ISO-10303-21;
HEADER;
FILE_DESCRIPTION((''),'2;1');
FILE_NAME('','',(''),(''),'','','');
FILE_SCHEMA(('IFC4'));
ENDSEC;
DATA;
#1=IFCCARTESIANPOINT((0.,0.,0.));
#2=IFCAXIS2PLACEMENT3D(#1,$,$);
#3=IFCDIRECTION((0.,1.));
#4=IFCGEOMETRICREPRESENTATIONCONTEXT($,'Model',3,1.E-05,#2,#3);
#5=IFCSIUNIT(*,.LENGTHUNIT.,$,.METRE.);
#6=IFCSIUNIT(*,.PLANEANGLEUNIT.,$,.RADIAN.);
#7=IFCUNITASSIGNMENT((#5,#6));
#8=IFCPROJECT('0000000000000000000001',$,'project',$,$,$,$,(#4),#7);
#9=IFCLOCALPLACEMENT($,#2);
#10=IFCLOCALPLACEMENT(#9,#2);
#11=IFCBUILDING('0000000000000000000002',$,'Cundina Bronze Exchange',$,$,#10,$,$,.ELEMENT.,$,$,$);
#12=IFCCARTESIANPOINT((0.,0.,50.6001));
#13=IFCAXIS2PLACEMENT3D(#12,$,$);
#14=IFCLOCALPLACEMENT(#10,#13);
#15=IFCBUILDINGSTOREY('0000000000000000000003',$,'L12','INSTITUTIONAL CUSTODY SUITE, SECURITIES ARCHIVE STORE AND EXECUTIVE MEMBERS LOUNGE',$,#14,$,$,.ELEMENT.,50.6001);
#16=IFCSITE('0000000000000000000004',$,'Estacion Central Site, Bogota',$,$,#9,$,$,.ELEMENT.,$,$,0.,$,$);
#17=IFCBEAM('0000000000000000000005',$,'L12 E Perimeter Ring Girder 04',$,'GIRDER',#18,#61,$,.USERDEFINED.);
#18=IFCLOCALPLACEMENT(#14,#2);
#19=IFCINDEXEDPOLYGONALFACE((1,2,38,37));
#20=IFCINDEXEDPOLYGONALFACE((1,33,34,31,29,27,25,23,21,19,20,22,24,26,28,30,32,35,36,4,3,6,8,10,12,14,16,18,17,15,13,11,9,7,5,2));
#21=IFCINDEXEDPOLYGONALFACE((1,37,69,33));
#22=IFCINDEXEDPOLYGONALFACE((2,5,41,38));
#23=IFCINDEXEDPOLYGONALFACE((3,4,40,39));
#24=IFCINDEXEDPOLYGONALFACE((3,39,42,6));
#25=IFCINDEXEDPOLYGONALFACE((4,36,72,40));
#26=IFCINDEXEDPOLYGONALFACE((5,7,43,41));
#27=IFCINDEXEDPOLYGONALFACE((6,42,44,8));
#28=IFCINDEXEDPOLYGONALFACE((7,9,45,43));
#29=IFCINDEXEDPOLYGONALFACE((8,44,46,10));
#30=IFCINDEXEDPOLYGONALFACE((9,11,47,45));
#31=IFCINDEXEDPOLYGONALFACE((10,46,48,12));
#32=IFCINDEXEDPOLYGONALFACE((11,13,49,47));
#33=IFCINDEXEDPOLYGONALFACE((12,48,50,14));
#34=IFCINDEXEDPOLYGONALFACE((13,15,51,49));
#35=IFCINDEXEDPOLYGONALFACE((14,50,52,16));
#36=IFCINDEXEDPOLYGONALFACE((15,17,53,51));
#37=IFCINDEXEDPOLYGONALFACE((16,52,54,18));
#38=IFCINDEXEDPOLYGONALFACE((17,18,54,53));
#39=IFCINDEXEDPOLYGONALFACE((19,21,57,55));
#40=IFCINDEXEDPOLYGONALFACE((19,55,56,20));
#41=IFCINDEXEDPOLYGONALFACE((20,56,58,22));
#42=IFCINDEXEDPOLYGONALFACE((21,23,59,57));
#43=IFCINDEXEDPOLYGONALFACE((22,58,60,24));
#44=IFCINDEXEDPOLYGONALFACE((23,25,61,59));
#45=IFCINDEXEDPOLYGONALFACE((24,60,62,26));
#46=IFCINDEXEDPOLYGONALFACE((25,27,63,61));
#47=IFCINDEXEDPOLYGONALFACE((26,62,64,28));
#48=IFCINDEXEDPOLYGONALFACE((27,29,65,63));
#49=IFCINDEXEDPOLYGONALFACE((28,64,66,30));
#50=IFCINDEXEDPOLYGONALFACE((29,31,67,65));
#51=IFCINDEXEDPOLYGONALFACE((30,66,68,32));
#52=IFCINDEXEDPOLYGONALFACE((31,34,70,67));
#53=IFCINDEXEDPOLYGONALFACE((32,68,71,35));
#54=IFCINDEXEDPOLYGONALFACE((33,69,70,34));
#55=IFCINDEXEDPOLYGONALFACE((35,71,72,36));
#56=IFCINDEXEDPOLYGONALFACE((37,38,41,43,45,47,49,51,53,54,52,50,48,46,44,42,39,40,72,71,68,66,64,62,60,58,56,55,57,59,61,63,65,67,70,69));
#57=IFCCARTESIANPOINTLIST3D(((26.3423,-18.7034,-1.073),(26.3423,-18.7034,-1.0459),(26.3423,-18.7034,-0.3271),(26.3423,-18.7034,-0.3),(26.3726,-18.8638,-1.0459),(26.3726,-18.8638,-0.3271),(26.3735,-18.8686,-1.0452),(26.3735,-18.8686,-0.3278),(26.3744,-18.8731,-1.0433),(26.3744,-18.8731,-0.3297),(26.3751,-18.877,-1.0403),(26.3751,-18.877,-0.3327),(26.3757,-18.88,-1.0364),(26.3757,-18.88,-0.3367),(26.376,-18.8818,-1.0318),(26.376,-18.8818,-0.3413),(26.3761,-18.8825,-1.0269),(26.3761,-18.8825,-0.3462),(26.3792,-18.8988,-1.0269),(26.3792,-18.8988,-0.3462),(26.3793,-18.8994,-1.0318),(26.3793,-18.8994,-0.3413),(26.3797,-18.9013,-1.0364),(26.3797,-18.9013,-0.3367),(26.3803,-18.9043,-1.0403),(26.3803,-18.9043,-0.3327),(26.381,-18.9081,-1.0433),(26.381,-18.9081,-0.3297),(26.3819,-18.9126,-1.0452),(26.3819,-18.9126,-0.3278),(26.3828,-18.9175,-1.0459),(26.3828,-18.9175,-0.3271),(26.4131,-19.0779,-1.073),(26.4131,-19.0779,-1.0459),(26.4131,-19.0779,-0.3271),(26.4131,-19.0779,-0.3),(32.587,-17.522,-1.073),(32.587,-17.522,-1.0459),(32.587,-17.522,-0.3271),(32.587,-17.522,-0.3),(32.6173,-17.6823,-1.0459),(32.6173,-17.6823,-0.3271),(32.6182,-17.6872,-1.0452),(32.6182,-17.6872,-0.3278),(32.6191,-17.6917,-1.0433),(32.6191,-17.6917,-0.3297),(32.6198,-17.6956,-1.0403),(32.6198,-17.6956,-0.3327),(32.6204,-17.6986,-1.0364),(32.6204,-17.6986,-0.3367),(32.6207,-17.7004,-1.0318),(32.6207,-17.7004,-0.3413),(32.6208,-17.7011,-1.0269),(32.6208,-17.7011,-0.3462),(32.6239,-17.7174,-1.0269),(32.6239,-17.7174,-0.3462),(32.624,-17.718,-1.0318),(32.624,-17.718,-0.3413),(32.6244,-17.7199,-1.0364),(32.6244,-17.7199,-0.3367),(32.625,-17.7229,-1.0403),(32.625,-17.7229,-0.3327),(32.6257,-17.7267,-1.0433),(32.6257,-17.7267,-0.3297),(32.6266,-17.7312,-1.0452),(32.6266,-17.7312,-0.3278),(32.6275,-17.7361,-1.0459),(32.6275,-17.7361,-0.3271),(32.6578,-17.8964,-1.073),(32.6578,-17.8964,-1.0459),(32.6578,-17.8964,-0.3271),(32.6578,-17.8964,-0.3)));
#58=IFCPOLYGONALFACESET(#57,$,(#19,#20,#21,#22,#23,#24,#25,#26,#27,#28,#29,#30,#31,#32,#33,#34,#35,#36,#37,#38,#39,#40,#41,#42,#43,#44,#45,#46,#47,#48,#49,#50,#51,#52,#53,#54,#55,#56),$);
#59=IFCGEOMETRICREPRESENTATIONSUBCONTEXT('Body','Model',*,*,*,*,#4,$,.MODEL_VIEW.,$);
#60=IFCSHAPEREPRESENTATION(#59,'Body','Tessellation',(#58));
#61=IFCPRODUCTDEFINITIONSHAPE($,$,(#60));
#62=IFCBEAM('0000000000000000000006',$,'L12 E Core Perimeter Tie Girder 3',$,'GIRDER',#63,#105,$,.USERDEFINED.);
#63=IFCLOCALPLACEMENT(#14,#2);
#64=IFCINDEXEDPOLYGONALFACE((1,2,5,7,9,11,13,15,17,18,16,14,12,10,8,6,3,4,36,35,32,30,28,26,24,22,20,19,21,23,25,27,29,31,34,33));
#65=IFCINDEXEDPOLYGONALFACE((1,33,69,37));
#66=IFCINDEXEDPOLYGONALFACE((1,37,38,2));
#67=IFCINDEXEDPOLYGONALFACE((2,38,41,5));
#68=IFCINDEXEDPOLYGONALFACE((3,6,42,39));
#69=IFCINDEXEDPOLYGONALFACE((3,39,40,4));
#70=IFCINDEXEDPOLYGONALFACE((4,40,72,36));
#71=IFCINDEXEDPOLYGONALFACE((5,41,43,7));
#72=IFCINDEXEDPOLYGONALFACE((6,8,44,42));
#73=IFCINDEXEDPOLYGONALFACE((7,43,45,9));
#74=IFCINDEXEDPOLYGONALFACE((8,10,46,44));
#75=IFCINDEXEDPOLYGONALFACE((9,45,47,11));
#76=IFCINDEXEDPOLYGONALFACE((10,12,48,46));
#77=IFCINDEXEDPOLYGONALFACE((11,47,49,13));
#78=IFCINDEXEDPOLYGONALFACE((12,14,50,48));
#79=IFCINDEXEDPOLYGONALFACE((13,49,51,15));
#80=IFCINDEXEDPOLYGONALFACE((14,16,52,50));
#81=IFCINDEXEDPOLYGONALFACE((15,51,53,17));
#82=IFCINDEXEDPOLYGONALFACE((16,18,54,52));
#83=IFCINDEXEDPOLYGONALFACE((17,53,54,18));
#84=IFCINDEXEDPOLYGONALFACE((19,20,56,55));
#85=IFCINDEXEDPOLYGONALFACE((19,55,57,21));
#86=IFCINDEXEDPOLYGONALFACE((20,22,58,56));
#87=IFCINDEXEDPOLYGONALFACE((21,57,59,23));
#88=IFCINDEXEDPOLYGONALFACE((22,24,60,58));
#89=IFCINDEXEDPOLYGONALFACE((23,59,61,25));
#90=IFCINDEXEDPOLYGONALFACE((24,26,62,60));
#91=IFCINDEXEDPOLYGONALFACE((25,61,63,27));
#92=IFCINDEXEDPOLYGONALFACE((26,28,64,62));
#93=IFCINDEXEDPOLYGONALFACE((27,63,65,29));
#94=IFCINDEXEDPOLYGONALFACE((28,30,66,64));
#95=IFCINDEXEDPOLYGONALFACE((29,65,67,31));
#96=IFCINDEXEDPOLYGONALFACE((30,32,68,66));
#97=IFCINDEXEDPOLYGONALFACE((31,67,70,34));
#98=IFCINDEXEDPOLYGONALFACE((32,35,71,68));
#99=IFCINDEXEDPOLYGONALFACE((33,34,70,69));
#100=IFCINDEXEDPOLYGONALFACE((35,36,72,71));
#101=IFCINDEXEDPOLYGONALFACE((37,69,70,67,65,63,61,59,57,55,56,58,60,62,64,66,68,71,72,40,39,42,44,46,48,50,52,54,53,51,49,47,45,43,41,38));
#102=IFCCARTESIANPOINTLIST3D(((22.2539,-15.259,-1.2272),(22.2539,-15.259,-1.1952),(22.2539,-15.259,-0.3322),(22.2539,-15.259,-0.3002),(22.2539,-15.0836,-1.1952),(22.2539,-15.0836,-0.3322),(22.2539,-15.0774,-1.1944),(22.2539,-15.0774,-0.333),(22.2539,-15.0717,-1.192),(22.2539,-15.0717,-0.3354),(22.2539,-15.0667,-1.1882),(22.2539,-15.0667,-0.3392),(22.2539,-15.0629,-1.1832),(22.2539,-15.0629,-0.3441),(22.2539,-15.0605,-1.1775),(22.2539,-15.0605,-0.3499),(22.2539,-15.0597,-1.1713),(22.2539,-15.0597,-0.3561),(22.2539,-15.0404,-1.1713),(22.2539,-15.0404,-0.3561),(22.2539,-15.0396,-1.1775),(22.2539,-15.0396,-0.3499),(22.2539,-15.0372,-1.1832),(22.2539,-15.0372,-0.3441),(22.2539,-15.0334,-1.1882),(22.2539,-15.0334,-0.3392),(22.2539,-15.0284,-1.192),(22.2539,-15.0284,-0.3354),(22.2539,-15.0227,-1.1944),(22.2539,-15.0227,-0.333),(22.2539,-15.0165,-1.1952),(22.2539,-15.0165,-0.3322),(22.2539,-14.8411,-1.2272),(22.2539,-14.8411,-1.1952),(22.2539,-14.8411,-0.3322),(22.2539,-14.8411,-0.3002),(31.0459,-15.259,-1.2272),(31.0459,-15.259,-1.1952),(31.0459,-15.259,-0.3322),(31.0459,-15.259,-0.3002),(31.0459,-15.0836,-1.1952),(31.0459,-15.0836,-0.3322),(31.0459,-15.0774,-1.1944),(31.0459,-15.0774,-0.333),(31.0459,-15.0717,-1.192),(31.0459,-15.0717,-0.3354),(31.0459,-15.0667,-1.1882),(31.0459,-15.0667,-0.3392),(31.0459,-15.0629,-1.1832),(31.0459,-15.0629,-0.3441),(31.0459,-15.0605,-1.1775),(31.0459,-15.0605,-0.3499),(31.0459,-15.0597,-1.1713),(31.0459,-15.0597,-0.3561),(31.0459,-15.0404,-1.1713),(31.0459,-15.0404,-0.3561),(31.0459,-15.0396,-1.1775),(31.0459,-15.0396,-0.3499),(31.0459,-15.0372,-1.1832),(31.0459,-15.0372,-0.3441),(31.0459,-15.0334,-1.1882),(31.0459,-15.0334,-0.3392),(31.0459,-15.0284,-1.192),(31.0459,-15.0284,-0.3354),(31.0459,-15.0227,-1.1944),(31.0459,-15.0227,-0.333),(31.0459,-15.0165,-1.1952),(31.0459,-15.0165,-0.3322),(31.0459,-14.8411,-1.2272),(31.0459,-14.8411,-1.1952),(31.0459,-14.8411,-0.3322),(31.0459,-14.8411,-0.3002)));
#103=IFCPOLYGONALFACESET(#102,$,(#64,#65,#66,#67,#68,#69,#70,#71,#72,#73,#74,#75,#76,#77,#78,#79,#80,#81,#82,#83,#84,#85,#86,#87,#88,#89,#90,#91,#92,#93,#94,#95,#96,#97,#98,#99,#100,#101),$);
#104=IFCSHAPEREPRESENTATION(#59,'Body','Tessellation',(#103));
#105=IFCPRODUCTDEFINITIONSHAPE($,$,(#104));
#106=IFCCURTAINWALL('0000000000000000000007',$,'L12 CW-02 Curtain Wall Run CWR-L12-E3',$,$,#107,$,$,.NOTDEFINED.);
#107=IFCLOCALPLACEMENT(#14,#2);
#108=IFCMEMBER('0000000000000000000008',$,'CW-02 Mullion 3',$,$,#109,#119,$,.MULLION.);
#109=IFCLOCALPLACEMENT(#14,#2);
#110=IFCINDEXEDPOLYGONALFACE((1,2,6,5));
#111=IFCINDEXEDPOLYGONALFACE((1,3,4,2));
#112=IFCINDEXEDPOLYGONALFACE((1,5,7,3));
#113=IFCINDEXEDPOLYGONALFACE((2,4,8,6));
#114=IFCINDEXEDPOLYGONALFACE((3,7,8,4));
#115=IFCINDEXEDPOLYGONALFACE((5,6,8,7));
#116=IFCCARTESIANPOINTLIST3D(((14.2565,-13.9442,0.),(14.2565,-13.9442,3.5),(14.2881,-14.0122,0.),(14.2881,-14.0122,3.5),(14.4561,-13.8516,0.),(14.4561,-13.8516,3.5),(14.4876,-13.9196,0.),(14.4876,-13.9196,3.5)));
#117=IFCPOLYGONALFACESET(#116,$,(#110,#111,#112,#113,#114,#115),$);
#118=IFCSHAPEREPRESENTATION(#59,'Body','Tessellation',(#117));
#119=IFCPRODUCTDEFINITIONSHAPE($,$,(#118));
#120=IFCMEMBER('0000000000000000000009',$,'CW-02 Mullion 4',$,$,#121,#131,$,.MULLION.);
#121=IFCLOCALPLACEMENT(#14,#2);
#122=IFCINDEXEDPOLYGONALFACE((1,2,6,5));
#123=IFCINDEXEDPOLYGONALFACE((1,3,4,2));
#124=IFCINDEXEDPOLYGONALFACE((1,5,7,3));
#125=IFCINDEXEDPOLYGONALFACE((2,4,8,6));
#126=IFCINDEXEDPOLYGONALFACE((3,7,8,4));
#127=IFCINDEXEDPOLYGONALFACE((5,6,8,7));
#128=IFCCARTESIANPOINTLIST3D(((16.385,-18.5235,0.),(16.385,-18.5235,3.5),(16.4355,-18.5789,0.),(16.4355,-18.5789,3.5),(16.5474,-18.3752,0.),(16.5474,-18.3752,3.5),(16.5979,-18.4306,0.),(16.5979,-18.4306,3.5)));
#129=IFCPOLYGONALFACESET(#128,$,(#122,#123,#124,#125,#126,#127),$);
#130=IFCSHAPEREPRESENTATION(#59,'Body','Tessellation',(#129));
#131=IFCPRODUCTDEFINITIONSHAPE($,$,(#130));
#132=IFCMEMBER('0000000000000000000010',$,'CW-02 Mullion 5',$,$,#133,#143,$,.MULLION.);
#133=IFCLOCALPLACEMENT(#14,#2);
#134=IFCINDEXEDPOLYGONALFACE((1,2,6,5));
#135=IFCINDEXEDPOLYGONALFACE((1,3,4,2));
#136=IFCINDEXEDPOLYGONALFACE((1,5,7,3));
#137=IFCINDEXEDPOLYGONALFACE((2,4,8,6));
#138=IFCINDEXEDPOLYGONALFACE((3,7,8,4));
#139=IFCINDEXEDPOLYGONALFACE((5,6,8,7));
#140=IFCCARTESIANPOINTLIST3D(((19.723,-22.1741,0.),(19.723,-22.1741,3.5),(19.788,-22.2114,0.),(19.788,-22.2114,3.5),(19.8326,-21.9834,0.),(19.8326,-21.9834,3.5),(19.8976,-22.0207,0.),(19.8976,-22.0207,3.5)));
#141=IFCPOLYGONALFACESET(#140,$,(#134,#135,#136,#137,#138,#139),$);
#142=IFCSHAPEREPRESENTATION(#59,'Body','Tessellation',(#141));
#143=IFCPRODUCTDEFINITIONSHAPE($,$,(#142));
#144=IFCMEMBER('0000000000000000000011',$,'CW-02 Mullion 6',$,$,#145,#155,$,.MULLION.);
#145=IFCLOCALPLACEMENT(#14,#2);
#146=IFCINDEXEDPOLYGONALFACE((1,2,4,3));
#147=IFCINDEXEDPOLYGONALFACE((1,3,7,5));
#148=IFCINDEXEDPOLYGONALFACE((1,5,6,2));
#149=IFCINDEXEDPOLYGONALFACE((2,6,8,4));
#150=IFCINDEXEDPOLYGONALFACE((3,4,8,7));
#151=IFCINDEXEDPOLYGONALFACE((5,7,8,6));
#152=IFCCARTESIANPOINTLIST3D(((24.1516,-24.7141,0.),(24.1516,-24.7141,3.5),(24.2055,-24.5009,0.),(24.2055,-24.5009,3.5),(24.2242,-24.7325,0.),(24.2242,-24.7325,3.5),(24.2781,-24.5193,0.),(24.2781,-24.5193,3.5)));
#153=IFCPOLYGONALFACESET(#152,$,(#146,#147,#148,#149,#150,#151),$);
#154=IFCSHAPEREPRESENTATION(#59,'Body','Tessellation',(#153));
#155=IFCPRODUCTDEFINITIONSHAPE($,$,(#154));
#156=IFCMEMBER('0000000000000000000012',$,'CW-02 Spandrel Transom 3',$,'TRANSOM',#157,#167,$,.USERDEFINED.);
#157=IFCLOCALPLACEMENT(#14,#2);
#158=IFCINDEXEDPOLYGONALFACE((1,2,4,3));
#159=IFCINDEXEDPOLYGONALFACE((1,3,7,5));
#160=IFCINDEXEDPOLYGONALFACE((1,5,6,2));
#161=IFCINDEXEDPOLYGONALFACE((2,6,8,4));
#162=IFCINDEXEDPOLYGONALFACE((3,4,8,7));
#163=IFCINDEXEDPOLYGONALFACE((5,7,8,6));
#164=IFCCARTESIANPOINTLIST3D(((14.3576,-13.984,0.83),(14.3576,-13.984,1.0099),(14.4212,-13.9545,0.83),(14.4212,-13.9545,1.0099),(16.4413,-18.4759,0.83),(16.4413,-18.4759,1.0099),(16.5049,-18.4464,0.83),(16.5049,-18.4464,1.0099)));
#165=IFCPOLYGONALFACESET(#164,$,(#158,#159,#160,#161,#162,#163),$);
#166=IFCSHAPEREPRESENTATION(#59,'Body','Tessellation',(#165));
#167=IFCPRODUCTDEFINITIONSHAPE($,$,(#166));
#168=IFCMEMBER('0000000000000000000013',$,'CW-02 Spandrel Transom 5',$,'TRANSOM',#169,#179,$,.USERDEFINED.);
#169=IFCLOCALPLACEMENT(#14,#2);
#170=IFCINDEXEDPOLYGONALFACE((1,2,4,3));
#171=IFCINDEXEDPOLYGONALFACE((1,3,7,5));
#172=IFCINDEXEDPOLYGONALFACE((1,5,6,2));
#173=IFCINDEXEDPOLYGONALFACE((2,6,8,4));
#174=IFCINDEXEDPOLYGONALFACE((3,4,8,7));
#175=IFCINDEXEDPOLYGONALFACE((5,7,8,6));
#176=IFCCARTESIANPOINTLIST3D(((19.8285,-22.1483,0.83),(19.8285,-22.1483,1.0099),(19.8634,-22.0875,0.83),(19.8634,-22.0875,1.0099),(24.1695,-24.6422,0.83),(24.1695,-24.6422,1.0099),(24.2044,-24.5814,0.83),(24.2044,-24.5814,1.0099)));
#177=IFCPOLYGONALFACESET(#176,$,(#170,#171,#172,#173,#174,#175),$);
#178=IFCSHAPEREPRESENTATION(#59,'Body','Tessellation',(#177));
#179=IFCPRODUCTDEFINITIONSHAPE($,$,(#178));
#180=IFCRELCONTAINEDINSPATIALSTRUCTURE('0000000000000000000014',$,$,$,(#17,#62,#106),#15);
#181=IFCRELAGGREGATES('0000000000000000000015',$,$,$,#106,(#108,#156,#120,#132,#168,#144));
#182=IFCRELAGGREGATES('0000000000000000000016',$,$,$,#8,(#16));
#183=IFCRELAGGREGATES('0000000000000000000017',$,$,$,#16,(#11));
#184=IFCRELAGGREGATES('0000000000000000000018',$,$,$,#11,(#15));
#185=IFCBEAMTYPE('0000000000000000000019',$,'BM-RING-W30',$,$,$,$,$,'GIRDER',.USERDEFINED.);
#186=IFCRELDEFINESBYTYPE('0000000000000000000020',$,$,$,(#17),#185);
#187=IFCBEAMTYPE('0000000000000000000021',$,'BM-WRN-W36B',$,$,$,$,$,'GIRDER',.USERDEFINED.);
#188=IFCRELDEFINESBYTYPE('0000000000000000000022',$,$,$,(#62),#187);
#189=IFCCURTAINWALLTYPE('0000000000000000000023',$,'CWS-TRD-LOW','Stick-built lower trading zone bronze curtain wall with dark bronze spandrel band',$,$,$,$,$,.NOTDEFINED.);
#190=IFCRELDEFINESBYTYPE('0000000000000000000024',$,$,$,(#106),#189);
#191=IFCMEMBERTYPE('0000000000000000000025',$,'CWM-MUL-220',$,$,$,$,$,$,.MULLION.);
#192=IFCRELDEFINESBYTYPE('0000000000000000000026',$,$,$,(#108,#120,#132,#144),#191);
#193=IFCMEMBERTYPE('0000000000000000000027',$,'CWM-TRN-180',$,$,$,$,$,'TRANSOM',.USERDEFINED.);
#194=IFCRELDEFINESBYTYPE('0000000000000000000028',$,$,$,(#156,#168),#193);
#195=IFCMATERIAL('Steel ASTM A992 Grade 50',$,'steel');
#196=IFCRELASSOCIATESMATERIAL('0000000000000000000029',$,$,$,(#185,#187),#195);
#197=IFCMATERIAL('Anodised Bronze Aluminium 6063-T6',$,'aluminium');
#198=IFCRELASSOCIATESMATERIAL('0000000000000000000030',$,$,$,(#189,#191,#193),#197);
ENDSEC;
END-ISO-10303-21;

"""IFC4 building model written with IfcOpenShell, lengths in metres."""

from ifc_helpers import new_model, si_unit, direction, frame, origin, origin_2d, place, context, subcontext, project, spatial, rectangle, i_section, extrude, material, material_profile, profile_set, type_object, element, aggregate, save


model = new_model("IFC4")

# Units and contexts
model_context = context("Model", 3, precision=1e-05, world=origin(), true_north=direction((0.0, 1.0)))
body_context = subcontext(model_context, "Body", "Model", "MODEL_VIEW")
ifc_project = project(units=[si_unit("LENGTHUNIT", "METRE"), si_unit("PLANEANGLEUNIT", "RADIAN")], contexts=[model_context])

# Site, building, storey
site_placement = place(None, origin())
site = spatial("IfcSite", under=ifc_project, at=site_placement, Name="Estacion Central Site, Bogota", CompositionType="ELEMENT", RefElevation=0.0)
building_placement = place(site_placement, origin())
building = spatial("IfcBuilding", under=site, at=building_placement, Name="Cundina Bronze Exchange", CompositionType="ELEMENT")
storey_placement = place(building_placement, frame((0.0, 0.0, 50.6001)))
storey = spatial("IfcBuildingStorey", under=building, at=storey_placement, Name="L12", Description="INSTITUTIONAL CUSTODY SUITE, SECURITIES ARCHIVE STORE AND EXECUTIVE MEMBERS LOUNGE", CompositionType="ELEMENT", Elevation=50.6001)

# Shared definitions
ifc_material_1 = material(Name="Steel ASTM A992 Grade 50", Category="steel")

# Beams
ifc_material_profile_1 = material_profile(ifc_material_1, i_section(OverallWidth=0.3811, OverallDepth=0.7729, WebThickness=0.0166, FlangeThickness=0.0271, FilletRadius=0.019, at=origin_2d()), Name="W30X173", Category="steel")
ifc_profile_set_1 = profile_set([ifc_material_profile_1], Name="Steel ASTM A992 Grade 50")
beam_type_1 = type_object("IfcBeamType", Name="BM-RING-W30", ElementType="GIRDER", PredefinedType="USERDEFINED", material=ifc_profile_set_1)
beam_1_placement = place(storey_placement, frame((26.3777, -18.8906, -0.6865), z_axis=(0.982571, 0.185889, 0.0), x_axis=(-0.185889, 0.982571, 0.0)))
element("IfcBeam", 1, at=beam_1_placement, inside=storey, type_object=beam_type_1, Name="L12 E Perimeter Ring Girder 04", ObjectType="GIRDER", PredefinedType="USERDEFINED", context=body_context, shape_type="SweptSolid", body=[
    extrude(i_section(OverallWidth=0.3811, OverallDepth=0.7729, WebThickness=0.0166, FlangeThickness=0.0271, FilletRadius=0.019, at=origin_2d()), origin(), (0.0, 0.0, 1.0), 6.3555),
])
ifc_material_profile_2 = material_profile(ifc_material_1, i_section(OverallWidth=0.418, OverallDepth=0.927, WebThickness=0.0193, FlangeThickness=0.032, FilletRadius=0.0239, at=origin_2d()), Name="W36X231", Category="steel")
ifc_profile_set_2 = profile_set([ifc_material_profile_2], Name="Steel ASTM A992 Grade 50")
beam_type_2 = type_object("IfcBeamType", Name="BM-WRN-W36B", ElementType="GIRDER", PredefinedType="USERDEFINED", material=ifc_profile_set_2)
beam_2_placement = place(storey_placement, frame((22.2539, -15.05, -0.7637), z_axis=(1.0, 0.0, 0.0), x_axis=(0.0, 1.0, 0.0)))
element("IfcBeam", 2, at=beam_2_placement, inside=storey, type_object=beam_type_2, Name="L12 E Core Perimeter Tie Girder 3", ObjectType="GIRDER", PredefinedType="USERDEFINED", context=body_context, shape_type="SweptSolid", body=[
    extrude(i_section(OverallWidth=0.418, OverallDepth=0.927, WebThickness=0.0193, FlangeThickness=0.032, FilletRadius=0.0239, at=origin_2d()), origin(), (0.0, 0.0, 1.0), 8.792),
])

# Curtain wall, members
ifc_material_2 = material(Name="Anodised Bronze Aluminium 6063-T6", Category="aluminium")
curtain_wall_type = type_object("IfcCurtainWallType", Name="CWS-TRD-LOW", Description="Stick-built lower trading zone bronze curtain wall with dark bronze spandrel band", PredefinedType="NOTDEFINED", material=ifc_material_2)
curtain_wall_placement = place(storey_placement, origin())
curtain_wall = element("IfcCurtainWall", 3, at=curtain_wall_placement, inside=storey, type_object=curtain_wall_type, Name="L12 CW-02 Curtain Wall Run CWR-L12-E3", PredefinedType="NOTDEFINED")
ifc_material_profile_3 = material_profile(ifc_material_2, rectangle(XDim=0.075, YDim=0.22, at=origin_2d()), Name="AL75X220", Category="aluminium")
ifc_profile_set_3 = profile_set([ifc_material_profile_3], Name="Anodised Bronze Aluminium 6063-T6")
member_type_1 = type_object("IfcMemberType", Name="CWM-MUL-220", PredefinedType="MULLION", material=ifc_profile_set_3)
member_1_placement = place(storey_placement, frame((14.3721, -13.9319, 0.0), z_axis=(0.0, 0.0, 1.0), x_axis=(0.420877, -0.907117, 0.0)))
member_1 = element("IfcMember", 4, at=member_1_placement, type_object=member_type_1, Name="CW-02 Mullion 3", PredefinedType="MULLION", context=body_context, shape_type="SweptSolid", body=[
    extrude(rectangle(XDim=0.075, YDim=0.22, at=origin_2d()), origin(), (0.0, 0.0, 1.0), 3.5),
])
member_2_placement = place(storey_placement, frame((16.4915, -18.4771, 0.0), z_axis=(0.0, 0.0, 1.0), x_axis=(0.674302, -0.738455, 0.0)))
member_2 = element("IfcMember", 5, at=member_2_placement, type_object=member_type_1, Name="CW-02 Mullion 4", PredefinedType="MULLION", context=body_context, shape_type="SweptSolid", body=[
    extrude(rectangle(XDim=0.075, YDim=0.22, at=origin_2d()), origin(), (0.0, 0.0, 1.0), 3.5),
])
member_3_placement = place(storey_placement, frame((19.8103, -22.0974, 0.0), z_axis=(0.0, 0.0, 1.0), x_axis=(0.867071, -0.498185, 0.0)))
member_3 = element("IfcMember", 6, at=member_3_placement, type_object=member_type_1, Name="CW-02 Mullion 5", PredefinedType="MULLION", context=body_context, shape_type="SweptSolid", body=[
    extrude(rectangle(XDim=0.075, YDim=0.22, at=origin_2d()), origin(), (0.0, 0.0, 1.0), 3.5),
])
member_4_placement = place(storey_placement, frame((24.2148, -24.6167, 0.0), z_axis=(0.0, 0.0, 1.0), x_axis=(0.969488, -0.245138, 0.0)))
member_4 = element("IfcMember", 7, at=member_4_placement, type_object=member_type_1, Name="CW-02 Mullion 6", PredefinedType="MULLION", context=body_context, shape_type="SweptSolid", body=[
    extrude(rectangle(XDim=0.075, YDim=0.22, at=origin_2d()), origin(), (0.0, 0.0, 1.0), 3.5),
])
ifc_material_profile_4 = material_profile(ifc_material_2, rectangle(XDim=0.0701, YDim=0.1799, at=origin_2d()), Name="AL70X180", Category="aluminium")
ifc_profile_set_4 = profile_set([ifc_material_profile_4], Name="Anodised Bronze Aluminium 6063-T6")
member_type_2 = type_object("IfcMemberType", Name="CWM-TRN-180", ElementType="TRANSOM", PredefinedType="USERDEFINED", material=ifc_profile_set_4)
member_5_placement = place(storey_placement, frame((14.3894, -13.9692, 0.9199), z_axis=(0.420811, -0.907148, 0.0), x_axis=(0.907148, 0.420811, 0.0)))
member_5 = element("IfcMember", 8, at=member_5_placement, type_object=member_type_2, Name="CW-02 Spandrel Transom 3", ObjectType="TRANSOM", PredefinedType="USERDEFINED", context=body_context, shape_type="SweptSolid", body=[
    extrude(rectangle(XDim=0.0701, YDim=0.1799, at=origin_2d()), origin(), (0.0, 0.0, 1.0), 4.9517),
])
member_6_placement = place(storey_placement, frame((19.8459, -22.1179, 0.9199), z_axis=(0.867097, -0.498139, 0.0), x_axis=(0.498139, 0.867097, 0.0)))
member_6 = element("IfcMember", 9, at=member_6_placement, type_object=member_type_2, Name="CW-02 Spandrel Transom 5", ObjectType="TRANSOM", PredefinedType="USERDEFINED", context=body_context, shape_type="SweptSolid", body=[
    extrude(rectangle(XDim=0.0701, YDim=0.1799, at=origin_2d()), origin(), (0.0, 0.0, 1.0), 5.0063),
])
aggregate(curtain_wall, [member_1, member_5, member_2, member_3, member_6, member_4])

save(model, "model.ifc")
